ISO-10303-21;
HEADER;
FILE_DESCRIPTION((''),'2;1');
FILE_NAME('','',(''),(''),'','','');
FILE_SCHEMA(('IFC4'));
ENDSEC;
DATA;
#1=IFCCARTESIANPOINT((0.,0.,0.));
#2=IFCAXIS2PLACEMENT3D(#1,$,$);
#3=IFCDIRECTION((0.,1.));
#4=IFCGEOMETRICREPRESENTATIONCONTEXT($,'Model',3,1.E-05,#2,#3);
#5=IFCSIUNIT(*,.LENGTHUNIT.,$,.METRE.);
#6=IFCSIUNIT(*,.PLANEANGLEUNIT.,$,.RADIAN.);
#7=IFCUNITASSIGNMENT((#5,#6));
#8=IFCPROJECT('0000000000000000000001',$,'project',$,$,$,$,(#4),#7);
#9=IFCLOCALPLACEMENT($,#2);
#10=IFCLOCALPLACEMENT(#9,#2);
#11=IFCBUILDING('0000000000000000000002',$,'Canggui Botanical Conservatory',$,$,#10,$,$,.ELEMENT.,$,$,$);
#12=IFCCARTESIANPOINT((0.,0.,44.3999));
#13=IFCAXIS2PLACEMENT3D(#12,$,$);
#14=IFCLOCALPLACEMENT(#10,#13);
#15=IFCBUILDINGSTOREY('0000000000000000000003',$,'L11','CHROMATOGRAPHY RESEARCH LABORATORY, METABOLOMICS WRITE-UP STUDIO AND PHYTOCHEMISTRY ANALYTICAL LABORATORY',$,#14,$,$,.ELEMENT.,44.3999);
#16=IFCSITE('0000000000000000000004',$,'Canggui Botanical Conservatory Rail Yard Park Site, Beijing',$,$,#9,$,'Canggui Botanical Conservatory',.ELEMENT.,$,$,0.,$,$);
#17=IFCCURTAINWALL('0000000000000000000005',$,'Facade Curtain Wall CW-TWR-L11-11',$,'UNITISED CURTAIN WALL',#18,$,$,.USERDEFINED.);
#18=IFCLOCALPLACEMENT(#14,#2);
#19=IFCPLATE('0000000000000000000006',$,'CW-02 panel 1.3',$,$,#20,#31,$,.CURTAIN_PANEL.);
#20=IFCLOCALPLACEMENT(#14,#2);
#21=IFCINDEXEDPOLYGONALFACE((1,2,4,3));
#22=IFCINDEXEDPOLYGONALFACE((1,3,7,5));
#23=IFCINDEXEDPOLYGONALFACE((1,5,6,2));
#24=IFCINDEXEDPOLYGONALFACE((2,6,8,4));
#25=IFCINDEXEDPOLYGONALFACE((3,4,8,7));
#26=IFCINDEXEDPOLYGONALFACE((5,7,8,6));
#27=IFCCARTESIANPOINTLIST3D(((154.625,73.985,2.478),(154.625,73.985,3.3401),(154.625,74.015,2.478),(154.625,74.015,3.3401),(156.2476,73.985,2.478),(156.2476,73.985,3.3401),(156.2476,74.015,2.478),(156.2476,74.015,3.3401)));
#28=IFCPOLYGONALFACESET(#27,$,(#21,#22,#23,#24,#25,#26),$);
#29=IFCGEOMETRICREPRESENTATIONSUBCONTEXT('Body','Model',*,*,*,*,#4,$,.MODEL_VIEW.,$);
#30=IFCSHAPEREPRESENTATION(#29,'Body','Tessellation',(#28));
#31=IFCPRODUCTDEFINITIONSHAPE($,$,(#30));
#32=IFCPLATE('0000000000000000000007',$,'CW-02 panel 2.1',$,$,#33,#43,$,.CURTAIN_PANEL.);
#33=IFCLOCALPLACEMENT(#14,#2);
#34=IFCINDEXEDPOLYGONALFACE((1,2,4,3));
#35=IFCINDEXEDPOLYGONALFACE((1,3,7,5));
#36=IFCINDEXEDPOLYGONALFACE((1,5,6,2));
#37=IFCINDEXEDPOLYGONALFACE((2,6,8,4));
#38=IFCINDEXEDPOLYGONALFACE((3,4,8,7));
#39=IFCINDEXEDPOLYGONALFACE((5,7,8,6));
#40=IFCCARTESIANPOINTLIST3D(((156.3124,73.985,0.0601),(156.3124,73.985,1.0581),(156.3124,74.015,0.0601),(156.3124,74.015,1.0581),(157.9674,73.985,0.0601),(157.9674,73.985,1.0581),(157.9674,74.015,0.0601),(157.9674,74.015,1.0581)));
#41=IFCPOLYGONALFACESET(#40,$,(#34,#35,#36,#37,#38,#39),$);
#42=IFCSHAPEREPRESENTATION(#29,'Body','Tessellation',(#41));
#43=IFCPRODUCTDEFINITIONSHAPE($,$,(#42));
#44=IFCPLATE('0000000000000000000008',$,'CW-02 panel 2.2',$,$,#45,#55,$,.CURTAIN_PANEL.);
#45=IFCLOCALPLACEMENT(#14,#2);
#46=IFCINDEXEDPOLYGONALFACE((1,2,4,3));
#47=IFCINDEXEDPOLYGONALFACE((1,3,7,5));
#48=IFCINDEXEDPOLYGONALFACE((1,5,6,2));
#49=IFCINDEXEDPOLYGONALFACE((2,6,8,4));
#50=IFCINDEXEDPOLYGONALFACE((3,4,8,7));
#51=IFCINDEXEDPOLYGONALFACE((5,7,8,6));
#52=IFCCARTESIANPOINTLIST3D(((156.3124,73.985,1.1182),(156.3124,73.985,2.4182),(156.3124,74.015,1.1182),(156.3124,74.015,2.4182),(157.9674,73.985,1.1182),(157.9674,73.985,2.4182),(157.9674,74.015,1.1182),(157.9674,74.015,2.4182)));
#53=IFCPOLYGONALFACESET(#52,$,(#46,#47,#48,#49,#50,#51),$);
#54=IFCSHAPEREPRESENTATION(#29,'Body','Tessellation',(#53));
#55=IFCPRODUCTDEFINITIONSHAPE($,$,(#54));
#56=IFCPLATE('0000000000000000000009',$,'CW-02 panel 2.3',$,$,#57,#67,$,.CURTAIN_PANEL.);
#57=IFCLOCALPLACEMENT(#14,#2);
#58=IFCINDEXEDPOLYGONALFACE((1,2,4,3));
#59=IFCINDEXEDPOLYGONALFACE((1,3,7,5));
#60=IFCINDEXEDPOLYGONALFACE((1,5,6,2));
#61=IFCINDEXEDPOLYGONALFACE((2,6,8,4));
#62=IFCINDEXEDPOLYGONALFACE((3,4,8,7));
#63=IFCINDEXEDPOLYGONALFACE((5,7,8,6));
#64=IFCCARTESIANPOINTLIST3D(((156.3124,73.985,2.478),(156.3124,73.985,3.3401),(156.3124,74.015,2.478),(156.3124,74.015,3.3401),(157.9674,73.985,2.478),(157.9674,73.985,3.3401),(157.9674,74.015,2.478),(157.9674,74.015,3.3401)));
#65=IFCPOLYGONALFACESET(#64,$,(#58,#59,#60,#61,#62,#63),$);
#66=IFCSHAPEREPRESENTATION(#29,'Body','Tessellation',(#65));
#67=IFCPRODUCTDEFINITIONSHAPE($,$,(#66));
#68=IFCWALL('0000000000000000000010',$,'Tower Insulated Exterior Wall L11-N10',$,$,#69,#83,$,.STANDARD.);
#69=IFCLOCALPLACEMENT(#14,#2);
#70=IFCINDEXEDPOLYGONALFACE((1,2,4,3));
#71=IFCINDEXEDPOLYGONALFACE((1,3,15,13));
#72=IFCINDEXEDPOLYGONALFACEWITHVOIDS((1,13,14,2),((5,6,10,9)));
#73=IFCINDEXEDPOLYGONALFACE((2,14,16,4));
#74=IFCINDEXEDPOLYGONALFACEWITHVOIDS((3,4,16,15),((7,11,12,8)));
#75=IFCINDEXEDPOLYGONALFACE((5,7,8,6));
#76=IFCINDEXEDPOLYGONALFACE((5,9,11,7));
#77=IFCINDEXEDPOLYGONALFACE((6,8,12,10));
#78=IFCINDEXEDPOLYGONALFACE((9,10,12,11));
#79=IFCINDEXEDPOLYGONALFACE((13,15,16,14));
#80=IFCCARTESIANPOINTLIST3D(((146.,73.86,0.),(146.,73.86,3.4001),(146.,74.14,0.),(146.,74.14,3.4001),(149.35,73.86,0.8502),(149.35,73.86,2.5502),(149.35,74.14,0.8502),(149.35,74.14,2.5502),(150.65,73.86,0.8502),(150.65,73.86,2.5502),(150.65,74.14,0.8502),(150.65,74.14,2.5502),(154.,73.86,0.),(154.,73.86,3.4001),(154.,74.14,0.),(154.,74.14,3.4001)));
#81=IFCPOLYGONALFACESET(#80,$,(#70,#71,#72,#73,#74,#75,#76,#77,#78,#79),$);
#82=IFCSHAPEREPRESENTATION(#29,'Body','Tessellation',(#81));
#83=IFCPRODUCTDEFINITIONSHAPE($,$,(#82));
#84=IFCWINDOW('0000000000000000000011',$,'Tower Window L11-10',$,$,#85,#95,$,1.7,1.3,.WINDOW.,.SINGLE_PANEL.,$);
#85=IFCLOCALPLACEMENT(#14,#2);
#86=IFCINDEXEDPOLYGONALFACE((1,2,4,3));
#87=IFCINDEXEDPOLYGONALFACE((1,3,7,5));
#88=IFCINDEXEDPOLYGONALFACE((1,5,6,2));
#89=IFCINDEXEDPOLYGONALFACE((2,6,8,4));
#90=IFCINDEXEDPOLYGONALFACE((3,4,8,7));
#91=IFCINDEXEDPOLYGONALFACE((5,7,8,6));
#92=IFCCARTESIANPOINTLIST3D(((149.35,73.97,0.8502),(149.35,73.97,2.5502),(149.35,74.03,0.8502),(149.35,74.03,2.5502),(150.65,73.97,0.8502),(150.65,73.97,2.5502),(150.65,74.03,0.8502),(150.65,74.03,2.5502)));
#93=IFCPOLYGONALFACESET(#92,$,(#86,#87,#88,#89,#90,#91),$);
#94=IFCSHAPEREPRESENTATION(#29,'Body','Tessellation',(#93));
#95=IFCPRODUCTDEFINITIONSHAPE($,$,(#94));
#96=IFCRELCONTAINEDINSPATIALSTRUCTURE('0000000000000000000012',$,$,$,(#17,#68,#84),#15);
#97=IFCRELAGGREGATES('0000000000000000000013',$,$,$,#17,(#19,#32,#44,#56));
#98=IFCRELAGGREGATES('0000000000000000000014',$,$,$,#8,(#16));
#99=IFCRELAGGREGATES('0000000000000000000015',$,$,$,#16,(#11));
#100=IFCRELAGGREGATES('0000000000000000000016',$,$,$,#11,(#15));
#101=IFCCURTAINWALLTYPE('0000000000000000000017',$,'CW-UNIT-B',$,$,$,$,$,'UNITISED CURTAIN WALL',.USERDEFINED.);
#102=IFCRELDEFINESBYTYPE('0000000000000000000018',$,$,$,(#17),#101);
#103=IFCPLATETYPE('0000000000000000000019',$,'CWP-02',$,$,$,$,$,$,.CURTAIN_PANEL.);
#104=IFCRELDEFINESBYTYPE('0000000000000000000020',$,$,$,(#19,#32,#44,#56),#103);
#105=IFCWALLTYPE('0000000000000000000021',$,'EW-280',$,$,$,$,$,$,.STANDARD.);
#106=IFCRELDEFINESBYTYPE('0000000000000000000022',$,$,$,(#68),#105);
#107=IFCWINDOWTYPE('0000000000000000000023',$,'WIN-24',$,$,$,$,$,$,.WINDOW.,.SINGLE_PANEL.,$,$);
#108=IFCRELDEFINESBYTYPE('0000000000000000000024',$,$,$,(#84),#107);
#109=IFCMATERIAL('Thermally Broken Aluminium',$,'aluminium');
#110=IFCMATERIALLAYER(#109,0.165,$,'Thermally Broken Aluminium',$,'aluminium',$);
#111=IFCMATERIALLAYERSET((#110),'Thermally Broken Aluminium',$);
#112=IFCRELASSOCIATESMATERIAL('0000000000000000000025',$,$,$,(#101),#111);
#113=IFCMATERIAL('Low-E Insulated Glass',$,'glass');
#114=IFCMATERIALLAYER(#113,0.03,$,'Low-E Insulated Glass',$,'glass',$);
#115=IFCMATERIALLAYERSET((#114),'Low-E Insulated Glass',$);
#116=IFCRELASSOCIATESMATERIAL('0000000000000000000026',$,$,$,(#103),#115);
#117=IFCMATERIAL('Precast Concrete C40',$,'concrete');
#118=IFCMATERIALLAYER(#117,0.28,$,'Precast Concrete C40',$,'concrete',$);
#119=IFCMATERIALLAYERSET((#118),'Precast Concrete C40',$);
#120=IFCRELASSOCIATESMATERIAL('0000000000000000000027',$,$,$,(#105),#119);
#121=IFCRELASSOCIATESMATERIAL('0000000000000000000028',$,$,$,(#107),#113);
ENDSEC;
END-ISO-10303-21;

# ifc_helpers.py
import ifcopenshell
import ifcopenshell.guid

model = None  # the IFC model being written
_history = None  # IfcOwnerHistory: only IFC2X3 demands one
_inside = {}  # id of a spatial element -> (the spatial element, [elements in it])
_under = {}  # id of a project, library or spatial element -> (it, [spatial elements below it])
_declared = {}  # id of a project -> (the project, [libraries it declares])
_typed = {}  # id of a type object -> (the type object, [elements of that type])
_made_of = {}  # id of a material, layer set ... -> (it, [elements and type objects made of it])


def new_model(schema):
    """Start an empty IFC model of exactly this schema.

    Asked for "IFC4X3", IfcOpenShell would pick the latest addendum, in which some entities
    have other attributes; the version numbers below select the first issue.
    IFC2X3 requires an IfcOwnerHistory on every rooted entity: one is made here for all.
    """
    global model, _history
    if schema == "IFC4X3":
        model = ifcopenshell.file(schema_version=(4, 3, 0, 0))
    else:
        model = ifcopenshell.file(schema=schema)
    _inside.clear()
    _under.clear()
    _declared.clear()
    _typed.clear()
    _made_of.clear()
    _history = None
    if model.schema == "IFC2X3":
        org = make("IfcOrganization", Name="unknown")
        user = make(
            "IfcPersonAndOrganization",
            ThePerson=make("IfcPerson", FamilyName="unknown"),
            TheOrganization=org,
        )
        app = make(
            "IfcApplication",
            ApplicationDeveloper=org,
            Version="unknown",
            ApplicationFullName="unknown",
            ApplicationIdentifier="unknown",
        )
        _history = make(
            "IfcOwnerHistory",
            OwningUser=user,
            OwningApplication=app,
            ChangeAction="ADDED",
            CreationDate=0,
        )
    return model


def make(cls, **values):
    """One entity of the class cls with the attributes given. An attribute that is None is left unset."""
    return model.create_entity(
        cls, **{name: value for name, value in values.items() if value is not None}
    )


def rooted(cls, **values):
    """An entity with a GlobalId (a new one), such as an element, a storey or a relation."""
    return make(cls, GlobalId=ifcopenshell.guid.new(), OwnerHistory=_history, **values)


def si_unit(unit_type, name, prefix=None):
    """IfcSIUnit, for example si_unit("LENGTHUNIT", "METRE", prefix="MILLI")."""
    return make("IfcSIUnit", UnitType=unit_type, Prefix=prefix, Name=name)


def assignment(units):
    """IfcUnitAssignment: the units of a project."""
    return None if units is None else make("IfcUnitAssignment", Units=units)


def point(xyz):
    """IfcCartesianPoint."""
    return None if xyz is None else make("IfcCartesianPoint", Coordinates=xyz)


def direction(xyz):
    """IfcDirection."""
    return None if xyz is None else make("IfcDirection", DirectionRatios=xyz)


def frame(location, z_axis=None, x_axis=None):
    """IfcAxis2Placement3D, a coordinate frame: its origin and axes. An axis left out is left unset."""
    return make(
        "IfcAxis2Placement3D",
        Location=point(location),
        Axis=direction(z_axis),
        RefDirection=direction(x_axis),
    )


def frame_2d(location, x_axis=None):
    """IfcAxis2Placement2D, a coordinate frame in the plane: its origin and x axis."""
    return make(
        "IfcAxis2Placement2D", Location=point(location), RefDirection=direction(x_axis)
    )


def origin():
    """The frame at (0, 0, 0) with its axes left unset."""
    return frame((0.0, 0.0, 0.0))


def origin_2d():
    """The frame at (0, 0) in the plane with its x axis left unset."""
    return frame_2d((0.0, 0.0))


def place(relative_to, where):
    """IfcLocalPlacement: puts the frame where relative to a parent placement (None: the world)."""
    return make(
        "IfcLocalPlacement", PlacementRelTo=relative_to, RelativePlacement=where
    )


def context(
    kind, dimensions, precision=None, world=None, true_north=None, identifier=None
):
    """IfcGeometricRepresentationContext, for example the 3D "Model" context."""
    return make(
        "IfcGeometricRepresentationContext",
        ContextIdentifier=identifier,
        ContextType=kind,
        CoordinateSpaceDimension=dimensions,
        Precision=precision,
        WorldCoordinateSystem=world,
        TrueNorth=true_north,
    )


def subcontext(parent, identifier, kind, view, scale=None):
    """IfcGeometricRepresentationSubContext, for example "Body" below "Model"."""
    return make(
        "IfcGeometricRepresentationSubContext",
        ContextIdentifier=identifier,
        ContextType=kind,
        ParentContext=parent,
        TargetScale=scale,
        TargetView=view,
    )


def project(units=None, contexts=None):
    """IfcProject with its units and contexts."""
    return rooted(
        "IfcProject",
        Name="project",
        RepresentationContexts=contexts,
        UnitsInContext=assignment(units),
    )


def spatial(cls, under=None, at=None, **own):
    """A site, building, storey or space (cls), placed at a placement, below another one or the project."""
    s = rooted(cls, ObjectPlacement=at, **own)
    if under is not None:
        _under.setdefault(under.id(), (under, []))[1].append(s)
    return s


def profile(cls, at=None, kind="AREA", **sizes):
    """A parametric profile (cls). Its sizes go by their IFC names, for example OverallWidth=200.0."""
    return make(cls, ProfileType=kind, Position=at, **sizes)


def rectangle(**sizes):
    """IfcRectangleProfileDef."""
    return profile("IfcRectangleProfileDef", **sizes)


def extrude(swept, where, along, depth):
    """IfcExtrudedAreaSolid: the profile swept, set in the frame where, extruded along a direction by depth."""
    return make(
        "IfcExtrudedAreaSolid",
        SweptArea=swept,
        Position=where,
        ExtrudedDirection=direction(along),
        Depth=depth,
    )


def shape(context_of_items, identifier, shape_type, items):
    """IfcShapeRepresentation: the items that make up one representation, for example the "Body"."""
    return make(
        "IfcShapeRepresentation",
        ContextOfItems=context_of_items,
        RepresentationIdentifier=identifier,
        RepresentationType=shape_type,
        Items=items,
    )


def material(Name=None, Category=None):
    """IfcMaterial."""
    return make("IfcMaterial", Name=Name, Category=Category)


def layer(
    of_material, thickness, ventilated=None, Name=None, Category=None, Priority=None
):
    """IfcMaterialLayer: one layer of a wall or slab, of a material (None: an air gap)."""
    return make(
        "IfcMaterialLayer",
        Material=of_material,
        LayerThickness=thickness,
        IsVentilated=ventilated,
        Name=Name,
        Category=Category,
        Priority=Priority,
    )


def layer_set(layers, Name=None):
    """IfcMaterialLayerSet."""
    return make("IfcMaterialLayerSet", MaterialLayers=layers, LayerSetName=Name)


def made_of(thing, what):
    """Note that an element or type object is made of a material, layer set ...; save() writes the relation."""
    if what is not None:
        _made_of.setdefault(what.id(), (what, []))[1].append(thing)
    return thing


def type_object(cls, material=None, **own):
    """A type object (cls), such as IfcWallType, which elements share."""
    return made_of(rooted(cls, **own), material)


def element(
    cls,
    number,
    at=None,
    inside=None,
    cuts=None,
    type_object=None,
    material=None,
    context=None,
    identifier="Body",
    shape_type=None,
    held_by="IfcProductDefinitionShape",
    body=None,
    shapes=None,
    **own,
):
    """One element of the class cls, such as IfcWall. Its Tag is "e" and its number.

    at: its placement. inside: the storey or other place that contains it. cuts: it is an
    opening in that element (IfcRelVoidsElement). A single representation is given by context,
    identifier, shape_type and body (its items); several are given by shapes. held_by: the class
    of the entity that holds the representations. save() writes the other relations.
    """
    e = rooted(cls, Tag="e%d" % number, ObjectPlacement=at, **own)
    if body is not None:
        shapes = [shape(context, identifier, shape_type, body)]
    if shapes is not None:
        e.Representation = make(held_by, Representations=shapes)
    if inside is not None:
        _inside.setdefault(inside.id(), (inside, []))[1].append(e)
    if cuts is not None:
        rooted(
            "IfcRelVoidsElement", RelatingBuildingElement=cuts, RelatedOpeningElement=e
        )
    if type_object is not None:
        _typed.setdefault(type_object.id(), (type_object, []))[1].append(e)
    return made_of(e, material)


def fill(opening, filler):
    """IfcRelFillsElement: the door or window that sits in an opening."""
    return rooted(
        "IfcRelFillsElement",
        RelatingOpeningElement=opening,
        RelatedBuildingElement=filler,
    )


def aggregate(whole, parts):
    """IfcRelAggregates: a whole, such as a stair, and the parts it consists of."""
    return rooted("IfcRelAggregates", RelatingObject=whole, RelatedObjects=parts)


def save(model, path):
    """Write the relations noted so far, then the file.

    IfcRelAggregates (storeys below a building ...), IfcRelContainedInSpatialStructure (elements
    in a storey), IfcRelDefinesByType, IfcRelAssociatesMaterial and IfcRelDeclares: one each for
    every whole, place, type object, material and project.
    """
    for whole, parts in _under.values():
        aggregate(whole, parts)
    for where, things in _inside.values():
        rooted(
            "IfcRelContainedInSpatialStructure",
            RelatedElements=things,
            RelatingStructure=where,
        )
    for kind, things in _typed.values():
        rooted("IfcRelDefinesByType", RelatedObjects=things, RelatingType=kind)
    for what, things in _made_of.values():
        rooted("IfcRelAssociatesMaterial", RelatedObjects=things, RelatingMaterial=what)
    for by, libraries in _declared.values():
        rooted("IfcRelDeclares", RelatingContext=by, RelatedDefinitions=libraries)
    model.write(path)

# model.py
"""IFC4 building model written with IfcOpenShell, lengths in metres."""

from ifc_helpers import new_model, si_unit, direction, frame, frame_2d, origin, origin_2d, place, context, subcontext, project, spatial, rectangle, extrude, material, layer, layer_set, type_object, element, fill, aggregate, save


model = new_model("IFC4")

# Units and contexts
model_context = context("Model", 3, precision=1e-05, world=origin(), true_north=direction((0.0, 1.0)))
body_context = subcontext(model_context, "Body", "Model", "MODEL_VIEW")
ifc_project = project(units=[si_unit("LENGTHUNIT", "METRE"), si_unit("PLANEANGLEUNIT", "RADIAN")], contexts=[model_context])

# Site, building, storey
site_placement = place(None, origin())
site = spatial("IfcSite", under=ifc_project, at=site_placement, Name="Canggui Botanical Conservatory Rail Yard Park Site, Beijing", LongName="Canggui Botanical Conservatory", CompositionType="ELEMENT", RefElevation=0.0)
building_placement = place(site_placement, origin())
building = spatial("IfcBuilding", under=site, at=building_placement, Name="Canggui Botanical Conservatory", CompositionType="ELEMENT")
storey_placement = place(building_placement, frame((0.0, 0.0, 44.3999)))
storey = spatial("IfcBuildingStorey", under=building, at=storey_placement, Name="L11", Description="CHROMATOGRAPHY RESEARCH LABORATORY, METABOLOMICS WRITE-UP STUDIO AND PHYTOCHEMISTRY ANALYTICAL LABORATORY", CompositionType="ELEMENT", Elevation=44.3999)

# Curtain wall
ifc_material_1 = material(Name="Thermally Broken Aluminium", Category="aluminium")
ifc_layer_1 = layer(ifc_material_1, 0.165, Name="Thermally Broken Aluminium", Category="aluminium")
ifc_layer_set_1 = layer_set([ifc_layer_1], Name="Thermally Broken Aluminium")
curtain_wall_type = type_object("IfcCurtainWallType", Name="CW-UNIT-B", ElementType="UNITISED CURTAIN WALL", PredefinedType="USERDEFINED", material=ifc_layer_set_1)
curtain_wall_1_placement = place(storey_placement, origin())
curtain_wall_1 = element("IfcCurtainWall", 1, at=curtain_wall_1_placement, inside=storey, type_object=curtain_wall_type, Name="Facade Curtain Wall CW-TWR-L11-11", ObjectType="UNITISED CURTAIN WALL", PredefinedType="USERDEFINED")

# Plates
ifc_material_2 = material(Name="Low-E Insulated Glass", Category="glass")
ifc_layer_2 = layer(ifc_material_2, 0.03, Name="Low-E Insulated Glass", Category="glass")
ifc_layer_set_2 = layer_set([ifc_layer_2], Name="Low-E Insulated Glass")
plate_type = type_object("IfcPlateType", Name="CWP-02", PredefinedType="CURTAIN_PANEL", material=ifc_layer_set_2)
plate_1_placement = place(storey_placement, frame((155.4363, 74.0, 2.478), z_axis=(0.0, 0.0, 1.0), x_axis=(1.0, 0.0, 0.0)))
plate_1 = element("IfcPlate", 2, at=plate_1_placement, type_object=plate_type, Name="CW-02 panel 1.3", PredefinedType="CURTAIN_PANEL", context=body_context, shape_type="SweptSolid", body=[
    extrude(rectangle(XDim=1.6226, YDim=0.03, at=origin_2d()), origin(), (0.0, 0.0, 1.0), 0.8621),
])
plate_2_placement = place(storey_placement, frame((157.1399, 74.0, 0.0601), z_axis=(0.0, 0.0, 1.0), x_axis=(1.0, 0.0, 0.0)))
plate_2 = element("IfcPlate", 3, at=plate_2_placement, type_object=plate_type, Name="CW-02 panel 2.1", PredefinedType="CURTAIN_PANEL", context=body_context, shape_type="SweptSolid", body=[
    extrude(rectangle(XDim=1.655, YDim=0.03, at=origin_2d()), origin(), (0.0, 0.0, 1.0), 0.998),
])
plate_3_placement = place(storey_placement, frame((157.1399, 74.0, 1.1182), z_axis=(0.0, 0.0, 1.0), x_axis=(1.0, 0.0, 0.0)))
plate_3 = element("IfcPlate", 4, at=plate_3_placement, type_object=plate_type, Name="CW-02 panel 2.2", PredefinedType="CURTAIN_PANEL", context=body_context, shape_type="SweptSolid", body=[
    extrude(rectangle(XDim=1.655, YDim=0.03, at=origin_2d()), origin(), (0.0, 0.0, 1.0), 1.3),
])
plate_4_placement = place(storey_placement, frame((157.1399, 74.0, 2.478), z_axis=(0.0, 0.0, 1.0), x_axis=(1.0, 0.0, 0.0)))
plate_4 = element("IfcPlate", 5, at=plate_4_placement, type_object=plate_type, Name="CW-02 panel 2.3", PredefinedType="CURTAIN_PANEL", context=body_context, shape_type="SweptSolid", body=[
    extrude(rectangle(XDim=1.655, YDim=0.03, at=origin_2d()), origin(), (0.0, 0.0, 1.0), 0.8621),
])
aggregate(curtain_wall_1, [plate_1, plate_2, plate_3, plate_4])

# Wall, opening, window
ifc_material_3 = material(Name="Precast Concrete C40", Category="concrete")
ifc_layer_3 = layer(ifc_material_3, 0.28, Name="Precast Concrete C40", Category="concrete")
ifc_layer_set_3 = layer_set([ifc_layer_3], Name="Precast Concrete C40")
wall_type = type_object("IfcWallType", Name="EW-280", PredefinedType="STANDARD", material=ifc_layer_set_3)
wall_placement = place(storey_placement, frame((146.0, 74.0, 0.0), z_axis=(0.0, 0.0, 1.0), x_axis=(1.0, 0.0, 0.0)))
wall = element("IfcWall", 6, at=wall_placement, inside=storey, type_object=wall_type, Name="Tower Insulated Exterior Wall L11-N10", PredefinedType="STANDARD", context=body_context, shape_type="SweptSolid", body=[
    extrude(rectangle(XDim=8.0, YDim=0.28, at=frame_2d((4.0, 0.0))), origin(), (0.0, 0.0, 1.0), 3.4001),
])
opening_placement = place(wall_placement, frame((3.3501, 0.0, 0.8501)))
opening = element("IfcOpeningElement", 7, at=opening_placement, cuts=wall, PredefinedType="OPENING", context=body_context, shape_type="SweptSolid", body=[
    extrude(rectangle(XDim=1.3, YDim=1.7, at=frame_2d((0.6499, 0.8501))), frame((0.0, 0.1499, 0.0), z_axis=(0.0, -1.0, 0.0), x_axis=(1.0, 0.0, 0.0)), (0.0, 0.0, 1.0), 0.3),
])
window_type = type_object("IfcWindowType", Name="WIN-24", PartitioningType="SINGLE_PANEL", PredefinedType="WINDOW", material=ifc_material_2)
window_placement = place(opening_placement, origin())
window = element("IfcWindow", 8, at=window_placement, inside=storey, type_object=window_type, Name="Tower Window L11-10", OverallHeight=1.7, OverallWidth=1.3, PartitioningType="SINGLE_PANEL", PredefinedType="WINDOW", context=body_context, shape_type="SweptSolid", body=[
    extrude(rectangle(XDim=1.3, YDim=1.7, at=frame_2d((0.6499, 0.8501))), frame((0.0, 0.03, 0.0), z_axis=(0.0, -1.0, 0.0), x_axis=(1.0, 0.0, 0.0)), (0.0, 0.0, 1.0), 0.0601),
])
fill(opening, window)

save(model, "model.ifc")
